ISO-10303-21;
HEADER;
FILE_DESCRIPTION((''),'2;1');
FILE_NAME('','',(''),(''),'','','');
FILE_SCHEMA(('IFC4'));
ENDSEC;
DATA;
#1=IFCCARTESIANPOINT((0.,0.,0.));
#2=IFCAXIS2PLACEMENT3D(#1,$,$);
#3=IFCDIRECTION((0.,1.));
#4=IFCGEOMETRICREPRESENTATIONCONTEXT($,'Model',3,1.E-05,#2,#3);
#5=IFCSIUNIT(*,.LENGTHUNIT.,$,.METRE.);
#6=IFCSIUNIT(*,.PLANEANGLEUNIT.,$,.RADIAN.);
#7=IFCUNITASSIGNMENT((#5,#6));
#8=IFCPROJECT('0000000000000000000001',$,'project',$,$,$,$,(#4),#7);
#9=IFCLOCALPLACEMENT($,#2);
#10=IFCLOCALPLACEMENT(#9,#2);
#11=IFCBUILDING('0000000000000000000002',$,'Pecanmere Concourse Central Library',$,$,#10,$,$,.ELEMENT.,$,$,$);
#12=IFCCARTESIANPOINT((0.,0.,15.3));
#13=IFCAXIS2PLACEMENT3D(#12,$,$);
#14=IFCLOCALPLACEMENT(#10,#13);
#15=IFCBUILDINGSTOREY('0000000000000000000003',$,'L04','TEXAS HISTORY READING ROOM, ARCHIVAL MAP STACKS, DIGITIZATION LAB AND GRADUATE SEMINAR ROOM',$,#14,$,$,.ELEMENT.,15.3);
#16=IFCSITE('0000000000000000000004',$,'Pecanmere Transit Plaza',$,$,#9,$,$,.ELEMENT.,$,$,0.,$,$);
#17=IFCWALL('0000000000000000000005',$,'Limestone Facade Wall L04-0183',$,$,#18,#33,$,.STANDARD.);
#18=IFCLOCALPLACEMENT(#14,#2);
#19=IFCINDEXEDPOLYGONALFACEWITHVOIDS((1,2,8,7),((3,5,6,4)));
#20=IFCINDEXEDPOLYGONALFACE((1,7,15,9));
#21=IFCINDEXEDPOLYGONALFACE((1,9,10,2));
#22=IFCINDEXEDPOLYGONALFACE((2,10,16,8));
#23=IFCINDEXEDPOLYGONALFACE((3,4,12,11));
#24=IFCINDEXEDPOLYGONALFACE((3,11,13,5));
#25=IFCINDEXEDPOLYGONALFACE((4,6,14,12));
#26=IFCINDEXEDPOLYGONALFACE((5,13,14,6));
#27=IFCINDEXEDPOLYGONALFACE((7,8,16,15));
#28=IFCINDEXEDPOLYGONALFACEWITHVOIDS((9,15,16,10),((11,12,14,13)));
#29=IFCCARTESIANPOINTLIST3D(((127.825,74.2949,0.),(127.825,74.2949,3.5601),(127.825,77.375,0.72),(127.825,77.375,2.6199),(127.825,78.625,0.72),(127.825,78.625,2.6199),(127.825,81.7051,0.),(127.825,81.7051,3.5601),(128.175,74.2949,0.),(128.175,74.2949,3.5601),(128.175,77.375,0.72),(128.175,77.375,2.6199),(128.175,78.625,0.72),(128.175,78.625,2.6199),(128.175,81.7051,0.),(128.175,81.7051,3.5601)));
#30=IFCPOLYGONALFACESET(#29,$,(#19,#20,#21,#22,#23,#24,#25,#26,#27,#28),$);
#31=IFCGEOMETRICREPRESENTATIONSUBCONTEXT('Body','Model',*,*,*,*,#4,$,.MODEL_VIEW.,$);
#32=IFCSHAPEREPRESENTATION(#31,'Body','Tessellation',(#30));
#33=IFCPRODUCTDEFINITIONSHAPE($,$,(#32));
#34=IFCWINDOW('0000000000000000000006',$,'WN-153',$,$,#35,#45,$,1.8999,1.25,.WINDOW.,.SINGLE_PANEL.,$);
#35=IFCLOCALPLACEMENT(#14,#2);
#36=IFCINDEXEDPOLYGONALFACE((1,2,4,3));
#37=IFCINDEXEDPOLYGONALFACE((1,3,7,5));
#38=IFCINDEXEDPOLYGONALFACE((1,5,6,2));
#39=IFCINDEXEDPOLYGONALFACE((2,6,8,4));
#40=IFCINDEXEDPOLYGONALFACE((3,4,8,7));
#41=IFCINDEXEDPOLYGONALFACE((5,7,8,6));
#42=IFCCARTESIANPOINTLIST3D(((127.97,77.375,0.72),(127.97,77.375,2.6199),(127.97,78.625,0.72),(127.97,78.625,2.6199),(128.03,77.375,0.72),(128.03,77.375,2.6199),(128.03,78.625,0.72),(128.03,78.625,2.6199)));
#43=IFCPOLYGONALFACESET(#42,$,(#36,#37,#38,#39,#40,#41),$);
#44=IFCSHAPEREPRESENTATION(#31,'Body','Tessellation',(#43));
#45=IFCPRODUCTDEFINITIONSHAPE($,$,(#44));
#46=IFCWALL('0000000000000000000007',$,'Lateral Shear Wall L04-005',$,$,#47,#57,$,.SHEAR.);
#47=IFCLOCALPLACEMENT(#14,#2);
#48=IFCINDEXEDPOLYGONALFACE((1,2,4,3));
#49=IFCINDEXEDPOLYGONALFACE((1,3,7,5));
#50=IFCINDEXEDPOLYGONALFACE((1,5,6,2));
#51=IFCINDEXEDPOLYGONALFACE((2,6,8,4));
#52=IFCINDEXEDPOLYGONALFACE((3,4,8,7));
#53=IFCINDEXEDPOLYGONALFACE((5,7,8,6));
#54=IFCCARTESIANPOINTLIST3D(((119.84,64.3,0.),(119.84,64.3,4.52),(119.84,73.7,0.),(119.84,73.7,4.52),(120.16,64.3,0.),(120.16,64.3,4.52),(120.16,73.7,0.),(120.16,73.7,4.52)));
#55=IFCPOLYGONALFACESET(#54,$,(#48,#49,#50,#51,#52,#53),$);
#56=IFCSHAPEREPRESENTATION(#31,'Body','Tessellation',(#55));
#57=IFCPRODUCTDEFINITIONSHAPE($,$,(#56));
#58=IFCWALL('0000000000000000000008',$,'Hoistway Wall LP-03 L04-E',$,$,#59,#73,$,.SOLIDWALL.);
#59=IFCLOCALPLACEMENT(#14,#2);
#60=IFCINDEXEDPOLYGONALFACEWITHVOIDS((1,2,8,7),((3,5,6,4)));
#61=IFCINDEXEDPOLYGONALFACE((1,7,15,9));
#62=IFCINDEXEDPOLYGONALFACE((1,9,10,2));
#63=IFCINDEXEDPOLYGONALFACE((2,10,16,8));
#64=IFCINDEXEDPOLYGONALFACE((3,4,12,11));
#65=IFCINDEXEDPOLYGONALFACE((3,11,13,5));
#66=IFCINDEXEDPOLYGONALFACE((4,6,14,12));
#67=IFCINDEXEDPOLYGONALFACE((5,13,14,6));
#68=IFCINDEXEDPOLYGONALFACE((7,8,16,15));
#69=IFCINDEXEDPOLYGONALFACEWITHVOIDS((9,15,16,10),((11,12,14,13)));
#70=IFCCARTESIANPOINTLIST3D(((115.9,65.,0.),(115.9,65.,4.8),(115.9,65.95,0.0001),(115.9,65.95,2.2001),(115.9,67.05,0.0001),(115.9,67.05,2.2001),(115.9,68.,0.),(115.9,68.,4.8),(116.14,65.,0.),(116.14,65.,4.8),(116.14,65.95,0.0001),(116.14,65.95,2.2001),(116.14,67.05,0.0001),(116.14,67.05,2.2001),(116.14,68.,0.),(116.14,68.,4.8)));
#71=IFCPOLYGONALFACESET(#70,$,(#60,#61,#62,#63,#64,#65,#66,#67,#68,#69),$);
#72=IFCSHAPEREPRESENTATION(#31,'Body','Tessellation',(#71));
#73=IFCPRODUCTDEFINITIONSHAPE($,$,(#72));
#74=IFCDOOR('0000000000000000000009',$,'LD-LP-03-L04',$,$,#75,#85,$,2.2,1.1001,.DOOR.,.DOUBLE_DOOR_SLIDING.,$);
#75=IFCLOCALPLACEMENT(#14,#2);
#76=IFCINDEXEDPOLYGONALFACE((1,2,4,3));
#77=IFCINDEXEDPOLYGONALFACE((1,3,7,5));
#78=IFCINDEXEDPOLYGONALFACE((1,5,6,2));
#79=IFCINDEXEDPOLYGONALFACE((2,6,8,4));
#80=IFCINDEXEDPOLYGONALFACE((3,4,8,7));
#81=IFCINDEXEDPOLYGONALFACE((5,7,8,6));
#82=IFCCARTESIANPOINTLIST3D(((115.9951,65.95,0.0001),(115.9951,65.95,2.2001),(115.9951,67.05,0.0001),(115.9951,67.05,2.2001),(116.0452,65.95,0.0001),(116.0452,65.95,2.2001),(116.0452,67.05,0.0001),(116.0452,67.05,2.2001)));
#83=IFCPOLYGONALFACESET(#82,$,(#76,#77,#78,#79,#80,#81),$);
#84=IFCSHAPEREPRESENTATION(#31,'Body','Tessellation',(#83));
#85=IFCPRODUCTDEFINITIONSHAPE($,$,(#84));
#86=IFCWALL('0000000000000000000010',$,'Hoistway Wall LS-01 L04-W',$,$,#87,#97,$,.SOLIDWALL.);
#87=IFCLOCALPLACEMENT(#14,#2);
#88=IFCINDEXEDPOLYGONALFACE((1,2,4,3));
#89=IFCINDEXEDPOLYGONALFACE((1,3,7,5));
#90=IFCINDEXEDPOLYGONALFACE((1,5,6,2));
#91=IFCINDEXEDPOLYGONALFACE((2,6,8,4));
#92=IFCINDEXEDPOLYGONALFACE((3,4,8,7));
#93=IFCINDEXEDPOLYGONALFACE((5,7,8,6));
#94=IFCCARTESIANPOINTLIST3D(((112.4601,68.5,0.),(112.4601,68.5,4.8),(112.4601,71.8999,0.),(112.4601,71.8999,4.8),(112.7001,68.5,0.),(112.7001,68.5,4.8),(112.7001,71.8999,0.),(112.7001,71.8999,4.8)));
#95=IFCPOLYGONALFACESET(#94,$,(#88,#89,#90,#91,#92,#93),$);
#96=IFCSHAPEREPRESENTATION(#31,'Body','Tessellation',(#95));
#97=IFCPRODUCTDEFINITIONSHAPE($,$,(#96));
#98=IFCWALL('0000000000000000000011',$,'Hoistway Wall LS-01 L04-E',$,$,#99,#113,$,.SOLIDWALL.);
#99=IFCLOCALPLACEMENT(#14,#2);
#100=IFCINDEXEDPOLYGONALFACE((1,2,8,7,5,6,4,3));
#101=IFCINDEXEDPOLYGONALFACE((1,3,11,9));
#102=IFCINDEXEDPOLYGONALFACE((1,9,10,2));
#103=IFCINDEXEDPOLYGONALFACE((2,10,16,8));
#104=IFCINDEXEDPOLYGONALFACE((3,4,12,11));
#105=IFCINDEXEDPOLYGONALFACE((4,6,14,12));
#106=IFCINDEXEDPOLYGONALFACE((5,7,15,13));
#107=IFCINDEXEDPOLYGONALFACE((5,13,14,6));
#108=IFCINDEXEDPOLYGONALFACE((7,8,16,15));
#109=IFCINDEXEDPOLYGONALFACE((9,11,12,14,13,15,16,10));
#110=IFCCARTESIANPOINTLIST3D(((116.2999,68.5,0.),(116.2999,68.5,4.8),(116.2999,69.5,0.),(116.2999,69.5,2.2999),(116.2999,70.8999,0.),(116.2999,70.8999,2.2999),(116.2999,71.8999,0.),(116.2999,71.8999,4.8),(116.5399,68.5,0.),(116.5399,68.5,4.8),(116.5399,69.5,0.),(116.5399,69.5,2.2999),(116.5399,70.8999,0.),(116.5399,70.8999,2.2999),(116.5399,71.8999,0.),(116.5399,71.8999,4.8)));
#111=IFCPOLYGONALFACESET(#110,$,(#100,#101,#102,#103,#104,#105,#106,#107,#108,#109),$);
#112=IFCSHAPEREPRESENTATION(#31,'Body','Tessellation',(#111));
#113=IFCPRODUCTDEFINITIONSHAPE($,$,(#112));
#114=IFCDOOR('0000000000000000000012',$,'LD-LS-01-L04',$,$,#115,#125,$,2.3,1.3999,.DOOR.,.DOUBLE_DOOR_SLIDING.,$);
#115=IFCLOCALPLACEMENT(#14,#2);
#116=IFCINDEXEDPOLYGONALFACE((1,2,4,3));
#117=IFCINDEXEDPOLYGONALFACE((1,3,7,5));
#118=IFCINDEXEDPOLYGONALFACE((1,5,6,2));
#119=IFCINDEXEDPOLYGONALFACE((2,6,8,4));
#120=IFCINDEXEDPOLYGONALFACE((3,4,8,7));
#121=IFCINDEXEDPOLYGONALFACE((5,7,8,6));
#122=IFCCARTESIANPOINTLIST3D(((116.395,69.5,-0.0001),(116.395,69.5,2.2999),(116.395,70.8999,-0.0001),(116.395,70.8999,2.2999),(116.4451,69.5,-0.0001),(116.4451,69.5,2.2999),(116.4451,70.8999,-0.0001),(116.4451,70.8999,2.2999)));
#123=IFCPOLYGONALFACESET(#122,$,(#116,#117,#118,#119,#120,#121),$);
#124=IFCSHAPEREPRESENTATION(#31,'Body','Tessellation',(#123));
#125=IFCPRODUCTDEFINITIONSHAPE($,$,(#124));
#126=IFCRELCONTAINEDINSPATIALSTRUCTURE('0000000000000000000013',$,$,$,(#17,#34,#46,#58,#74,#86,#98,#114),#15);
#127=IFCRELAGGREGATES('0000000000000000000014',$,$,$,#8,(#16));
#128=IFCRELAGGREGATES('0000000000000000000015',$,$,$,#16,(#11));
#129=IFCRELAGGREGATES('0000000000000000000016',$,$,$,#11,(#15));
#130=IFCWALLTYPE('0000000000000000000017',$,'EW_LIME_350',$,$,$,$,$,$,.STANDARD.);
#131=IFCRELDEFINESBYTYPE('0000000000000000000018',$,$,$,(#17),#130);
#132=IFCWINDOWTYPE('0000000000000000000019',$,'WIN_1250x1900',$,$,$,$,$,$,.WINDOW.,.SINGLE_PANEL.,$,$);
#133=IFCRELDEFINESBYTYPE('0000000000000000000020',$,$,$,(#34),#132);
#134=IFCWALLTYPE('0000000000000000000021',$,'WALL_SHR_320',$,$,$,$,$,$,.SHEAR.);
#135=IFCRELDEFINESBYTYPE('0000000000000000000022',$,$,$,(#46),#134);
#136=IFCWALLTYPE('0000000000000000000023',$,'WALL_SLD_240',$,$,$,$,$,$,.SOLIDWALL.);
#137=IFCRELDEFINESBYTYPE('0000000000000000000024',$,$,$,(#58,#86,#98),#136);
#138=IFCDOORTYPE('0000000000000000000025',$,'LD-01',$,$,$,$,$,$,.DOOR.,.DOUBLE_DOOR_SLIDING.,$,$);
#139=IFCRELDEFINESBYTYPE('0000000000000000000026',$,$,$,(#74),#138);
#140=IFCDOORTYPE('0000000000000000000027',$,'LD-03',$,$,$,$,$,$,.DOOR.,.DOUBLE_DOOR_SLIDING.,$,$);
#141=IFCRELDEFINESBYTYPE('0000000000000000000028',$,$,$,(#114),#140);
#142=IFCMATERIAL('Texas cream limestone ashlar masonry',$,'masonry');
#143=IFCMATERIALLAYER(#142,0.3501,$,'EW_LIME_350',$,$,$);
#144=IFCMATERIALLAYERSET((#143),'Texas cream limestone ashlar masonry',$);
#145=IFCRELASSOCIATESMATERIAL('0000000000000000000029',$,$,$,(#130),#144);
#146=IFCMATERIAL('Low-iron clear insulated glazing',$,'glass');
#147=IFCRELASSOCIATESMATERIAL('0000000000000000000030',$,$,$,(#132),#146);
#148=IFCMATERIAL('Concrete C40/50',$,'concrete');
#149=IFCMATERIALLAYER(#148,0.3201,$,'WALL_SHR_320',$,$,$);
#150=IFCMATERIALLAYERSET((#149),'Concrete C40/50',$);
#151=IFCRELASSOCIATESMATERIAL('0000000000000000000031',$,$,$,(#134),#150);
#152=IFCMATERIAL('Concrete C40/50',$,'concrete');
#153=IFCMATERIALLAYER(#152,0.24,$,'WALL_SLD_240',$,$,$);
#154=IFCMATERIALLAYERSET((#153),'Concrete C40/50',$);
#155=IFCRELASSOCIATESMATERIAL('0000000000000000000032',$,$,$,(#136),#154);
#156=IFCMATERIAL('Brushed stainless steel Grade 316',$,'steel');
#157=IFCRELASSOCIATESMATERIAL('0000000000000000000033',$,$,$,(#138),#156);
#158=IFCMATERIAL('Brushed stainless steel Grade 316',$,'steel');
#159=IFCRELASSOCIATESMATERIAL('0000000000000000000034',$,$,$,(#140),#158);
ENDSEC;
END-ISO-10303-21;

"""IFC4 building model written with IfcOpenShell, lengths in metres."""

from ifc_helpers import new_model, si_unit, direction, frame, frame_2d, origin, place, context, subcontext, project, spatial, rectangle, extrude, material, layer, layer_set, type_object, element, fill, save


model = new_model("IFC4")

# Units and contexts
model_context = context("Model", 3, precision=1e-05, world=origin(), true_north=direction((0.0, 1.0)))
body_context = subcontext(model_context, "Body", "Model", "MODEL_VIEW")
ifc_project = project(units=[si_unit("LENGTHUNIT", "METRE"), si_unit("PLANEANGLEUNIT", "RADIAN")], contexts=[model_context])

# Site, building, storey
site_placement = place(None, origin())
site = spatial("IfcSite", under=ifc_project, at=site_placement, Name="Pecanmere Transit Plaza", CompositionType="ELEMENT", RefElevation=0.0)
building_placement = place(site_placement, origin())
building = spatial("IfcBuilding", under=site, at=building_placement, Name="Pecanmere Concourse Central Library", CompositionType="ELEMENT")
storey_placement = place(building_placement, frame((0.0, 0.0, 15.3)))
storey = spatial("IfcBuildingStorey", under=building, at=storey_placement, Name="L04", Description="TEXAS HISTORY READING ROOM, ARCHIVAL MAP STACKS, DIGITIZATION LAB AND GRADUATE SEMINAR ROOM", CompositionType="ELEMENT", Elevation=15.3)

# Wall, opening, window
ifc_material_1 = material(Name="Texas cream limestone ashlar masonry", Category="masonry")
ifc_layer_1 = layer(ifc_material_1, 0.3501, Name="EW_LIME_350")
ifc_layer_set_1 = layer_set([ifc_layer_1], Name="Texas cream limestone ashlar masonry")
wall_type_1 = type_object("IfcWallType", Name="EW_LIME_350", PredefinedType="STANDARD", material=ifc_layer_set_1)
wall_1_placement = place(storey_placement, frame((128.0, 74.2949, 0.0), z_axis=(0.0, 0.0, 1.0), x_axis=(0.0, 1.0, 0.0)))
wall_1 = element("IfcWall", 1, at=wall_1_placement, inside=storey, type_object=wall_type_1, Name="Limestone Facade Wall L04-0183", PredefinedType="STANDARD", context=body_context, shape_type="SweptSolid", body=[
    extrude(rectangle(XDim=7.4102, YDim=0.3501, at=frame_2d((3.7051, 0.0))), origin(), (0.0, 0.0, 1.0), 3.5601),
])
opening_1_placement = place(wall_1_placement, frame((3.0801, 0.0, 0.72)))
opening_1 = element("IfcOpeningElement", 2, at=opening_1_placement, cuts=wall_1, PredefinedType="OPENING", context=body_context, shape_type="SweptSolid", body=[
    extrude(rectangle(XDim=1.25, YDim=1.8999, at=frame_2d((0.625, 0.95))), frame((0.0, 0.187, 0.0), z_axis=(0.0, -1.0, 0.0), x_axis=(1.0, 0.0, 0.0)), (0.0, 0.0, 1.0), 0.374),
])
ifc_material_2 = material(Name="Low-iron clear insulated glazing", Category="glass")
window_type_1 = type_object("IfcWindowType", Name="WIN_1250x1900", PartitioningType="SINGLE_PANEL", PredefinedType="WINDOW", material=ifc_material_2)
window_1_placement = place(opening_1_placement, origin())
window_1 = element("IfcWindow", 3, at=window_1_placement, inside=storey, type_object=window_type_1, Name="WN-153", OverallHeight=1.8999, OverallWidth=1.25, PartitioningType="SINGLE_PANEL", PredefinedType="WINDOW", context=body_context, shape_type="SweptSolid", body=[
    extrude(rectangle(XDim=1.25, YDim=1.8999, at=frame_2d((0.625, 0.95))), frame((0.0, 0.03, 0.0), z_axis=(0.0, -1.0, 0.0), x_axis=(1.0, 0.0, 0.0)), (0.0, 0.0, 1.0), 0.0601),
])
fill(opening_1, window_1)

# Wall
ifc_material_3 = material(Name="Concrete C40/50", Category="concrete")
ifc_layer_2 = layer(ifc_material_3, 0.3201, Name="WALL_SHR_320")
ifc_layer_set_2 = layer_set([ifc_layer_2], Name="Concrete C40/50")
wall_type_2 = type_object("IfcWallType", Name="WALL_SHR_320", PredefinedType="SHEAR", material=ifc_layer_set_2)
wall_2_placement = place(storey_placement, frame((120.0, 64.3, 0.0), z_axis=(0.0, 0.0, 1.0), x_axis=(0.0, 1.0, 0.0)))
element("IfcWall", 4, at=wall_2_placement, inside=storey, type_object=wall_type_2, Name="Lateral Shear Wall L04-005", PredefinedType="SHEAR", context=body_context, shape_type="SweptSolid", body=[
    extrude(rectangle(XDim=9.3999, YDim=0.3201, at=frame_2d((4.7, 0.0))), origin(), (0.0, 0.0, 1.0), 4.52),
])

# Wall, opening, door
ifc_material_4 = material(Name="Concrete C40/50", Category="concrete")
ifc_layer_3 = layer(ifc_material_4, 0.24, Name="WALL_SLD_240")
ifc_layer_set_3 = layer_set([ifc_layer_3], Name="Concrete C40/50")
wall_type_3 = type_object("IfcWallType", Name="WALL_SLD_240", PredefinedType="SOLIDWALL", material=ifc_layer_set_3)
wall_3_placement = place(storey_placement, frame((116.02, 65.0, 0.0), z_axis=(0.0, 0.0, 1.0), x_axis=(0.0, 1.0, 0.0)))
wall_3 = element("IfcWall", 5, at=wall_3_placement, inside=storey, type_object=wall_type_3, Name="Hoistway Wall LP-03 L04-E", PredefinedType="SOLIDWALL", context=body_context, shape_type="SweptSolid", body=[
    extrude(rectangle(XDim=3.0, YDim=0.24, at=frame_2d((1.5, 0.0))), origin(), (0.0, 0.0, 1.0), 4.8),
])
opening_2_placement = place(wall_3_placement, frame((0.95, 0.0, 0.0)))
opening_2 = element("IfcOpeningElement", 6, at=opening_2_placement, cuts=wall_3, PredefinedType="OPENING", context=body_context, shape_type="SweptSolid", body=[
    extrude(rectangle(XDim=1.1001, YDim=2.2, at=frame_2d((0.55, 1.1001))), frame((0.0, 0.1318, 0.0), z_axis=(0.0, -1.0, 0.0), x_axis=(1.0, 0.0, 0.0)), (0.0, 0.0, 1.0), 0.2639),
])
ifc_material_5 = material(Name="Brushed stainless steel Grade 316", Category="steel")
door_type_1 = type_object("IfcDoorType", Name="LD-01", OperationType="DOUBLE_DOOR_SLIDING", PredefinedType="DOOR", material=ifc_material_5)
door_1_placement = place(opening_2_placement, origin())
door_1 = element("IfcDoor", 7, at=door_1_placement, inside=storey, type_object=door_type_1, Name="LD-LP-03-L04", OperationType="DOUBLE_DOOR_SLIDING", OverallHeight=2.2, OverallWidth=1.1001, PredefinedType="DOOR", context=body_context, shape_type="SweptSolid", body=[
    extrude(rectangle(XDim=1.1001, YDim=2.2, at=frame_2d((0.55, 1.1001))), frame((0.0, 0.0249, 0.0), z_axis=(0.0, -1.0, 0.0), x_axis=(1.0, 0.0, 0.0)), (0.0, 0.0, 1.0), 0.05),
])
fill(opening_2, door_1)

# Wall
wall_4_placement = place(storey_placement, frame((112.5801, 68.5, 0.0), z_axis=(0.0, 0.0, 1.0), x_axis=(0.0, 1.0, 0.0)))
element("IfcWall", 8, at=wall_4_placement, inside=storey, type_object=wall_type_3, Name="Hoistway Wall LS-01 L04-W", PredefinedType="SOLIDWALL", context=body_context, shape_type="SweptSolid", body=[
    extrude(rectangle(XDim=3.3999, YDim=0.24, at=frame_2d((1.7, 0.0))), origin(), (0.0, 0.0, 1.0), 4.8),
])

# Wall, opening, door
wall_5_placement = place(storey_placement, frame((116.4199, 68.5, 0.0), z_axis=(0.0, 0.0, 1.0), x_axis=(0.0, 1.0, 0.0)))
wall_5 = element("IfcWall", 9, at=wall_5_placement, inside=storey, type_object=wall_type_3, Name="Hoistway Wall LS-01 L04-E", PredefinedType="SOLIDWALL", context=body_context, shape_type="SweptSolid", body=[
    extrude(rectangle(XDim=3.3999, YDim=0.24, at=frame_2d((1.7, 0.0))), origin(), (0.0, 0.0, 1.0), 4.8),
])
opening_3_placement = place(wall_5_placement, frame((1.0, 0.0, 0.0)))
opening_3 = element("IfcOpeningElement", 10, at=opening_3_placement, cuts=wall_5, PredefinedType="OPENING", context=body_context, shape_type="SweptSolid", body=[
    extrude(rectangle(XDim=1.3999, YDim=2.3, at=frame_2d((0.7, 1.1499))), frame((0.0, 0.1318, 0.0), z_axis=(0.0, -1.0, 0.0), x_axis=(1.0, 0.0, 0.0)), (0.0, 0.0, 1.0), 0.2639),
])
ifc_material_6 = material(Name="Brushed stainless steel Grade 316", Category="steel")
door_type_2 = type_object("IfcDoorType", Name="LD-03", OperationType="DOUBLE_DOOR_SLIDING", PredefinedType="DOOR", material=ifc_material_6)
door_2_placement = place(opening_3_placement, origin())
door_2 = element("IfcDoor", 11, at=door_2_placement, inside=storey, type_object=door_type_2, Name="LD-LS-01-L04", OperationType="DOUBLE_DOOR_SLIDING", OverallHeight=2.3, OverallWidth=1.3999, PredefinedType="DOOR", context=body_context, shape_type="SweptSolid", body=[
    extrude(rectangle(XDim=1.3999, YDim=2.3, at=frame_2d((0.7, 1.1499))), frame((0.0, 0.0249, 0.0), z_axis=(0.0, -1.0, 0.0), x_axis=(1.0, 0.0, 0.0)), (0.0, 0.0, 1.0), 0.05),
])
fill(opening_3, door_2)

save(model, "model.ifc")
